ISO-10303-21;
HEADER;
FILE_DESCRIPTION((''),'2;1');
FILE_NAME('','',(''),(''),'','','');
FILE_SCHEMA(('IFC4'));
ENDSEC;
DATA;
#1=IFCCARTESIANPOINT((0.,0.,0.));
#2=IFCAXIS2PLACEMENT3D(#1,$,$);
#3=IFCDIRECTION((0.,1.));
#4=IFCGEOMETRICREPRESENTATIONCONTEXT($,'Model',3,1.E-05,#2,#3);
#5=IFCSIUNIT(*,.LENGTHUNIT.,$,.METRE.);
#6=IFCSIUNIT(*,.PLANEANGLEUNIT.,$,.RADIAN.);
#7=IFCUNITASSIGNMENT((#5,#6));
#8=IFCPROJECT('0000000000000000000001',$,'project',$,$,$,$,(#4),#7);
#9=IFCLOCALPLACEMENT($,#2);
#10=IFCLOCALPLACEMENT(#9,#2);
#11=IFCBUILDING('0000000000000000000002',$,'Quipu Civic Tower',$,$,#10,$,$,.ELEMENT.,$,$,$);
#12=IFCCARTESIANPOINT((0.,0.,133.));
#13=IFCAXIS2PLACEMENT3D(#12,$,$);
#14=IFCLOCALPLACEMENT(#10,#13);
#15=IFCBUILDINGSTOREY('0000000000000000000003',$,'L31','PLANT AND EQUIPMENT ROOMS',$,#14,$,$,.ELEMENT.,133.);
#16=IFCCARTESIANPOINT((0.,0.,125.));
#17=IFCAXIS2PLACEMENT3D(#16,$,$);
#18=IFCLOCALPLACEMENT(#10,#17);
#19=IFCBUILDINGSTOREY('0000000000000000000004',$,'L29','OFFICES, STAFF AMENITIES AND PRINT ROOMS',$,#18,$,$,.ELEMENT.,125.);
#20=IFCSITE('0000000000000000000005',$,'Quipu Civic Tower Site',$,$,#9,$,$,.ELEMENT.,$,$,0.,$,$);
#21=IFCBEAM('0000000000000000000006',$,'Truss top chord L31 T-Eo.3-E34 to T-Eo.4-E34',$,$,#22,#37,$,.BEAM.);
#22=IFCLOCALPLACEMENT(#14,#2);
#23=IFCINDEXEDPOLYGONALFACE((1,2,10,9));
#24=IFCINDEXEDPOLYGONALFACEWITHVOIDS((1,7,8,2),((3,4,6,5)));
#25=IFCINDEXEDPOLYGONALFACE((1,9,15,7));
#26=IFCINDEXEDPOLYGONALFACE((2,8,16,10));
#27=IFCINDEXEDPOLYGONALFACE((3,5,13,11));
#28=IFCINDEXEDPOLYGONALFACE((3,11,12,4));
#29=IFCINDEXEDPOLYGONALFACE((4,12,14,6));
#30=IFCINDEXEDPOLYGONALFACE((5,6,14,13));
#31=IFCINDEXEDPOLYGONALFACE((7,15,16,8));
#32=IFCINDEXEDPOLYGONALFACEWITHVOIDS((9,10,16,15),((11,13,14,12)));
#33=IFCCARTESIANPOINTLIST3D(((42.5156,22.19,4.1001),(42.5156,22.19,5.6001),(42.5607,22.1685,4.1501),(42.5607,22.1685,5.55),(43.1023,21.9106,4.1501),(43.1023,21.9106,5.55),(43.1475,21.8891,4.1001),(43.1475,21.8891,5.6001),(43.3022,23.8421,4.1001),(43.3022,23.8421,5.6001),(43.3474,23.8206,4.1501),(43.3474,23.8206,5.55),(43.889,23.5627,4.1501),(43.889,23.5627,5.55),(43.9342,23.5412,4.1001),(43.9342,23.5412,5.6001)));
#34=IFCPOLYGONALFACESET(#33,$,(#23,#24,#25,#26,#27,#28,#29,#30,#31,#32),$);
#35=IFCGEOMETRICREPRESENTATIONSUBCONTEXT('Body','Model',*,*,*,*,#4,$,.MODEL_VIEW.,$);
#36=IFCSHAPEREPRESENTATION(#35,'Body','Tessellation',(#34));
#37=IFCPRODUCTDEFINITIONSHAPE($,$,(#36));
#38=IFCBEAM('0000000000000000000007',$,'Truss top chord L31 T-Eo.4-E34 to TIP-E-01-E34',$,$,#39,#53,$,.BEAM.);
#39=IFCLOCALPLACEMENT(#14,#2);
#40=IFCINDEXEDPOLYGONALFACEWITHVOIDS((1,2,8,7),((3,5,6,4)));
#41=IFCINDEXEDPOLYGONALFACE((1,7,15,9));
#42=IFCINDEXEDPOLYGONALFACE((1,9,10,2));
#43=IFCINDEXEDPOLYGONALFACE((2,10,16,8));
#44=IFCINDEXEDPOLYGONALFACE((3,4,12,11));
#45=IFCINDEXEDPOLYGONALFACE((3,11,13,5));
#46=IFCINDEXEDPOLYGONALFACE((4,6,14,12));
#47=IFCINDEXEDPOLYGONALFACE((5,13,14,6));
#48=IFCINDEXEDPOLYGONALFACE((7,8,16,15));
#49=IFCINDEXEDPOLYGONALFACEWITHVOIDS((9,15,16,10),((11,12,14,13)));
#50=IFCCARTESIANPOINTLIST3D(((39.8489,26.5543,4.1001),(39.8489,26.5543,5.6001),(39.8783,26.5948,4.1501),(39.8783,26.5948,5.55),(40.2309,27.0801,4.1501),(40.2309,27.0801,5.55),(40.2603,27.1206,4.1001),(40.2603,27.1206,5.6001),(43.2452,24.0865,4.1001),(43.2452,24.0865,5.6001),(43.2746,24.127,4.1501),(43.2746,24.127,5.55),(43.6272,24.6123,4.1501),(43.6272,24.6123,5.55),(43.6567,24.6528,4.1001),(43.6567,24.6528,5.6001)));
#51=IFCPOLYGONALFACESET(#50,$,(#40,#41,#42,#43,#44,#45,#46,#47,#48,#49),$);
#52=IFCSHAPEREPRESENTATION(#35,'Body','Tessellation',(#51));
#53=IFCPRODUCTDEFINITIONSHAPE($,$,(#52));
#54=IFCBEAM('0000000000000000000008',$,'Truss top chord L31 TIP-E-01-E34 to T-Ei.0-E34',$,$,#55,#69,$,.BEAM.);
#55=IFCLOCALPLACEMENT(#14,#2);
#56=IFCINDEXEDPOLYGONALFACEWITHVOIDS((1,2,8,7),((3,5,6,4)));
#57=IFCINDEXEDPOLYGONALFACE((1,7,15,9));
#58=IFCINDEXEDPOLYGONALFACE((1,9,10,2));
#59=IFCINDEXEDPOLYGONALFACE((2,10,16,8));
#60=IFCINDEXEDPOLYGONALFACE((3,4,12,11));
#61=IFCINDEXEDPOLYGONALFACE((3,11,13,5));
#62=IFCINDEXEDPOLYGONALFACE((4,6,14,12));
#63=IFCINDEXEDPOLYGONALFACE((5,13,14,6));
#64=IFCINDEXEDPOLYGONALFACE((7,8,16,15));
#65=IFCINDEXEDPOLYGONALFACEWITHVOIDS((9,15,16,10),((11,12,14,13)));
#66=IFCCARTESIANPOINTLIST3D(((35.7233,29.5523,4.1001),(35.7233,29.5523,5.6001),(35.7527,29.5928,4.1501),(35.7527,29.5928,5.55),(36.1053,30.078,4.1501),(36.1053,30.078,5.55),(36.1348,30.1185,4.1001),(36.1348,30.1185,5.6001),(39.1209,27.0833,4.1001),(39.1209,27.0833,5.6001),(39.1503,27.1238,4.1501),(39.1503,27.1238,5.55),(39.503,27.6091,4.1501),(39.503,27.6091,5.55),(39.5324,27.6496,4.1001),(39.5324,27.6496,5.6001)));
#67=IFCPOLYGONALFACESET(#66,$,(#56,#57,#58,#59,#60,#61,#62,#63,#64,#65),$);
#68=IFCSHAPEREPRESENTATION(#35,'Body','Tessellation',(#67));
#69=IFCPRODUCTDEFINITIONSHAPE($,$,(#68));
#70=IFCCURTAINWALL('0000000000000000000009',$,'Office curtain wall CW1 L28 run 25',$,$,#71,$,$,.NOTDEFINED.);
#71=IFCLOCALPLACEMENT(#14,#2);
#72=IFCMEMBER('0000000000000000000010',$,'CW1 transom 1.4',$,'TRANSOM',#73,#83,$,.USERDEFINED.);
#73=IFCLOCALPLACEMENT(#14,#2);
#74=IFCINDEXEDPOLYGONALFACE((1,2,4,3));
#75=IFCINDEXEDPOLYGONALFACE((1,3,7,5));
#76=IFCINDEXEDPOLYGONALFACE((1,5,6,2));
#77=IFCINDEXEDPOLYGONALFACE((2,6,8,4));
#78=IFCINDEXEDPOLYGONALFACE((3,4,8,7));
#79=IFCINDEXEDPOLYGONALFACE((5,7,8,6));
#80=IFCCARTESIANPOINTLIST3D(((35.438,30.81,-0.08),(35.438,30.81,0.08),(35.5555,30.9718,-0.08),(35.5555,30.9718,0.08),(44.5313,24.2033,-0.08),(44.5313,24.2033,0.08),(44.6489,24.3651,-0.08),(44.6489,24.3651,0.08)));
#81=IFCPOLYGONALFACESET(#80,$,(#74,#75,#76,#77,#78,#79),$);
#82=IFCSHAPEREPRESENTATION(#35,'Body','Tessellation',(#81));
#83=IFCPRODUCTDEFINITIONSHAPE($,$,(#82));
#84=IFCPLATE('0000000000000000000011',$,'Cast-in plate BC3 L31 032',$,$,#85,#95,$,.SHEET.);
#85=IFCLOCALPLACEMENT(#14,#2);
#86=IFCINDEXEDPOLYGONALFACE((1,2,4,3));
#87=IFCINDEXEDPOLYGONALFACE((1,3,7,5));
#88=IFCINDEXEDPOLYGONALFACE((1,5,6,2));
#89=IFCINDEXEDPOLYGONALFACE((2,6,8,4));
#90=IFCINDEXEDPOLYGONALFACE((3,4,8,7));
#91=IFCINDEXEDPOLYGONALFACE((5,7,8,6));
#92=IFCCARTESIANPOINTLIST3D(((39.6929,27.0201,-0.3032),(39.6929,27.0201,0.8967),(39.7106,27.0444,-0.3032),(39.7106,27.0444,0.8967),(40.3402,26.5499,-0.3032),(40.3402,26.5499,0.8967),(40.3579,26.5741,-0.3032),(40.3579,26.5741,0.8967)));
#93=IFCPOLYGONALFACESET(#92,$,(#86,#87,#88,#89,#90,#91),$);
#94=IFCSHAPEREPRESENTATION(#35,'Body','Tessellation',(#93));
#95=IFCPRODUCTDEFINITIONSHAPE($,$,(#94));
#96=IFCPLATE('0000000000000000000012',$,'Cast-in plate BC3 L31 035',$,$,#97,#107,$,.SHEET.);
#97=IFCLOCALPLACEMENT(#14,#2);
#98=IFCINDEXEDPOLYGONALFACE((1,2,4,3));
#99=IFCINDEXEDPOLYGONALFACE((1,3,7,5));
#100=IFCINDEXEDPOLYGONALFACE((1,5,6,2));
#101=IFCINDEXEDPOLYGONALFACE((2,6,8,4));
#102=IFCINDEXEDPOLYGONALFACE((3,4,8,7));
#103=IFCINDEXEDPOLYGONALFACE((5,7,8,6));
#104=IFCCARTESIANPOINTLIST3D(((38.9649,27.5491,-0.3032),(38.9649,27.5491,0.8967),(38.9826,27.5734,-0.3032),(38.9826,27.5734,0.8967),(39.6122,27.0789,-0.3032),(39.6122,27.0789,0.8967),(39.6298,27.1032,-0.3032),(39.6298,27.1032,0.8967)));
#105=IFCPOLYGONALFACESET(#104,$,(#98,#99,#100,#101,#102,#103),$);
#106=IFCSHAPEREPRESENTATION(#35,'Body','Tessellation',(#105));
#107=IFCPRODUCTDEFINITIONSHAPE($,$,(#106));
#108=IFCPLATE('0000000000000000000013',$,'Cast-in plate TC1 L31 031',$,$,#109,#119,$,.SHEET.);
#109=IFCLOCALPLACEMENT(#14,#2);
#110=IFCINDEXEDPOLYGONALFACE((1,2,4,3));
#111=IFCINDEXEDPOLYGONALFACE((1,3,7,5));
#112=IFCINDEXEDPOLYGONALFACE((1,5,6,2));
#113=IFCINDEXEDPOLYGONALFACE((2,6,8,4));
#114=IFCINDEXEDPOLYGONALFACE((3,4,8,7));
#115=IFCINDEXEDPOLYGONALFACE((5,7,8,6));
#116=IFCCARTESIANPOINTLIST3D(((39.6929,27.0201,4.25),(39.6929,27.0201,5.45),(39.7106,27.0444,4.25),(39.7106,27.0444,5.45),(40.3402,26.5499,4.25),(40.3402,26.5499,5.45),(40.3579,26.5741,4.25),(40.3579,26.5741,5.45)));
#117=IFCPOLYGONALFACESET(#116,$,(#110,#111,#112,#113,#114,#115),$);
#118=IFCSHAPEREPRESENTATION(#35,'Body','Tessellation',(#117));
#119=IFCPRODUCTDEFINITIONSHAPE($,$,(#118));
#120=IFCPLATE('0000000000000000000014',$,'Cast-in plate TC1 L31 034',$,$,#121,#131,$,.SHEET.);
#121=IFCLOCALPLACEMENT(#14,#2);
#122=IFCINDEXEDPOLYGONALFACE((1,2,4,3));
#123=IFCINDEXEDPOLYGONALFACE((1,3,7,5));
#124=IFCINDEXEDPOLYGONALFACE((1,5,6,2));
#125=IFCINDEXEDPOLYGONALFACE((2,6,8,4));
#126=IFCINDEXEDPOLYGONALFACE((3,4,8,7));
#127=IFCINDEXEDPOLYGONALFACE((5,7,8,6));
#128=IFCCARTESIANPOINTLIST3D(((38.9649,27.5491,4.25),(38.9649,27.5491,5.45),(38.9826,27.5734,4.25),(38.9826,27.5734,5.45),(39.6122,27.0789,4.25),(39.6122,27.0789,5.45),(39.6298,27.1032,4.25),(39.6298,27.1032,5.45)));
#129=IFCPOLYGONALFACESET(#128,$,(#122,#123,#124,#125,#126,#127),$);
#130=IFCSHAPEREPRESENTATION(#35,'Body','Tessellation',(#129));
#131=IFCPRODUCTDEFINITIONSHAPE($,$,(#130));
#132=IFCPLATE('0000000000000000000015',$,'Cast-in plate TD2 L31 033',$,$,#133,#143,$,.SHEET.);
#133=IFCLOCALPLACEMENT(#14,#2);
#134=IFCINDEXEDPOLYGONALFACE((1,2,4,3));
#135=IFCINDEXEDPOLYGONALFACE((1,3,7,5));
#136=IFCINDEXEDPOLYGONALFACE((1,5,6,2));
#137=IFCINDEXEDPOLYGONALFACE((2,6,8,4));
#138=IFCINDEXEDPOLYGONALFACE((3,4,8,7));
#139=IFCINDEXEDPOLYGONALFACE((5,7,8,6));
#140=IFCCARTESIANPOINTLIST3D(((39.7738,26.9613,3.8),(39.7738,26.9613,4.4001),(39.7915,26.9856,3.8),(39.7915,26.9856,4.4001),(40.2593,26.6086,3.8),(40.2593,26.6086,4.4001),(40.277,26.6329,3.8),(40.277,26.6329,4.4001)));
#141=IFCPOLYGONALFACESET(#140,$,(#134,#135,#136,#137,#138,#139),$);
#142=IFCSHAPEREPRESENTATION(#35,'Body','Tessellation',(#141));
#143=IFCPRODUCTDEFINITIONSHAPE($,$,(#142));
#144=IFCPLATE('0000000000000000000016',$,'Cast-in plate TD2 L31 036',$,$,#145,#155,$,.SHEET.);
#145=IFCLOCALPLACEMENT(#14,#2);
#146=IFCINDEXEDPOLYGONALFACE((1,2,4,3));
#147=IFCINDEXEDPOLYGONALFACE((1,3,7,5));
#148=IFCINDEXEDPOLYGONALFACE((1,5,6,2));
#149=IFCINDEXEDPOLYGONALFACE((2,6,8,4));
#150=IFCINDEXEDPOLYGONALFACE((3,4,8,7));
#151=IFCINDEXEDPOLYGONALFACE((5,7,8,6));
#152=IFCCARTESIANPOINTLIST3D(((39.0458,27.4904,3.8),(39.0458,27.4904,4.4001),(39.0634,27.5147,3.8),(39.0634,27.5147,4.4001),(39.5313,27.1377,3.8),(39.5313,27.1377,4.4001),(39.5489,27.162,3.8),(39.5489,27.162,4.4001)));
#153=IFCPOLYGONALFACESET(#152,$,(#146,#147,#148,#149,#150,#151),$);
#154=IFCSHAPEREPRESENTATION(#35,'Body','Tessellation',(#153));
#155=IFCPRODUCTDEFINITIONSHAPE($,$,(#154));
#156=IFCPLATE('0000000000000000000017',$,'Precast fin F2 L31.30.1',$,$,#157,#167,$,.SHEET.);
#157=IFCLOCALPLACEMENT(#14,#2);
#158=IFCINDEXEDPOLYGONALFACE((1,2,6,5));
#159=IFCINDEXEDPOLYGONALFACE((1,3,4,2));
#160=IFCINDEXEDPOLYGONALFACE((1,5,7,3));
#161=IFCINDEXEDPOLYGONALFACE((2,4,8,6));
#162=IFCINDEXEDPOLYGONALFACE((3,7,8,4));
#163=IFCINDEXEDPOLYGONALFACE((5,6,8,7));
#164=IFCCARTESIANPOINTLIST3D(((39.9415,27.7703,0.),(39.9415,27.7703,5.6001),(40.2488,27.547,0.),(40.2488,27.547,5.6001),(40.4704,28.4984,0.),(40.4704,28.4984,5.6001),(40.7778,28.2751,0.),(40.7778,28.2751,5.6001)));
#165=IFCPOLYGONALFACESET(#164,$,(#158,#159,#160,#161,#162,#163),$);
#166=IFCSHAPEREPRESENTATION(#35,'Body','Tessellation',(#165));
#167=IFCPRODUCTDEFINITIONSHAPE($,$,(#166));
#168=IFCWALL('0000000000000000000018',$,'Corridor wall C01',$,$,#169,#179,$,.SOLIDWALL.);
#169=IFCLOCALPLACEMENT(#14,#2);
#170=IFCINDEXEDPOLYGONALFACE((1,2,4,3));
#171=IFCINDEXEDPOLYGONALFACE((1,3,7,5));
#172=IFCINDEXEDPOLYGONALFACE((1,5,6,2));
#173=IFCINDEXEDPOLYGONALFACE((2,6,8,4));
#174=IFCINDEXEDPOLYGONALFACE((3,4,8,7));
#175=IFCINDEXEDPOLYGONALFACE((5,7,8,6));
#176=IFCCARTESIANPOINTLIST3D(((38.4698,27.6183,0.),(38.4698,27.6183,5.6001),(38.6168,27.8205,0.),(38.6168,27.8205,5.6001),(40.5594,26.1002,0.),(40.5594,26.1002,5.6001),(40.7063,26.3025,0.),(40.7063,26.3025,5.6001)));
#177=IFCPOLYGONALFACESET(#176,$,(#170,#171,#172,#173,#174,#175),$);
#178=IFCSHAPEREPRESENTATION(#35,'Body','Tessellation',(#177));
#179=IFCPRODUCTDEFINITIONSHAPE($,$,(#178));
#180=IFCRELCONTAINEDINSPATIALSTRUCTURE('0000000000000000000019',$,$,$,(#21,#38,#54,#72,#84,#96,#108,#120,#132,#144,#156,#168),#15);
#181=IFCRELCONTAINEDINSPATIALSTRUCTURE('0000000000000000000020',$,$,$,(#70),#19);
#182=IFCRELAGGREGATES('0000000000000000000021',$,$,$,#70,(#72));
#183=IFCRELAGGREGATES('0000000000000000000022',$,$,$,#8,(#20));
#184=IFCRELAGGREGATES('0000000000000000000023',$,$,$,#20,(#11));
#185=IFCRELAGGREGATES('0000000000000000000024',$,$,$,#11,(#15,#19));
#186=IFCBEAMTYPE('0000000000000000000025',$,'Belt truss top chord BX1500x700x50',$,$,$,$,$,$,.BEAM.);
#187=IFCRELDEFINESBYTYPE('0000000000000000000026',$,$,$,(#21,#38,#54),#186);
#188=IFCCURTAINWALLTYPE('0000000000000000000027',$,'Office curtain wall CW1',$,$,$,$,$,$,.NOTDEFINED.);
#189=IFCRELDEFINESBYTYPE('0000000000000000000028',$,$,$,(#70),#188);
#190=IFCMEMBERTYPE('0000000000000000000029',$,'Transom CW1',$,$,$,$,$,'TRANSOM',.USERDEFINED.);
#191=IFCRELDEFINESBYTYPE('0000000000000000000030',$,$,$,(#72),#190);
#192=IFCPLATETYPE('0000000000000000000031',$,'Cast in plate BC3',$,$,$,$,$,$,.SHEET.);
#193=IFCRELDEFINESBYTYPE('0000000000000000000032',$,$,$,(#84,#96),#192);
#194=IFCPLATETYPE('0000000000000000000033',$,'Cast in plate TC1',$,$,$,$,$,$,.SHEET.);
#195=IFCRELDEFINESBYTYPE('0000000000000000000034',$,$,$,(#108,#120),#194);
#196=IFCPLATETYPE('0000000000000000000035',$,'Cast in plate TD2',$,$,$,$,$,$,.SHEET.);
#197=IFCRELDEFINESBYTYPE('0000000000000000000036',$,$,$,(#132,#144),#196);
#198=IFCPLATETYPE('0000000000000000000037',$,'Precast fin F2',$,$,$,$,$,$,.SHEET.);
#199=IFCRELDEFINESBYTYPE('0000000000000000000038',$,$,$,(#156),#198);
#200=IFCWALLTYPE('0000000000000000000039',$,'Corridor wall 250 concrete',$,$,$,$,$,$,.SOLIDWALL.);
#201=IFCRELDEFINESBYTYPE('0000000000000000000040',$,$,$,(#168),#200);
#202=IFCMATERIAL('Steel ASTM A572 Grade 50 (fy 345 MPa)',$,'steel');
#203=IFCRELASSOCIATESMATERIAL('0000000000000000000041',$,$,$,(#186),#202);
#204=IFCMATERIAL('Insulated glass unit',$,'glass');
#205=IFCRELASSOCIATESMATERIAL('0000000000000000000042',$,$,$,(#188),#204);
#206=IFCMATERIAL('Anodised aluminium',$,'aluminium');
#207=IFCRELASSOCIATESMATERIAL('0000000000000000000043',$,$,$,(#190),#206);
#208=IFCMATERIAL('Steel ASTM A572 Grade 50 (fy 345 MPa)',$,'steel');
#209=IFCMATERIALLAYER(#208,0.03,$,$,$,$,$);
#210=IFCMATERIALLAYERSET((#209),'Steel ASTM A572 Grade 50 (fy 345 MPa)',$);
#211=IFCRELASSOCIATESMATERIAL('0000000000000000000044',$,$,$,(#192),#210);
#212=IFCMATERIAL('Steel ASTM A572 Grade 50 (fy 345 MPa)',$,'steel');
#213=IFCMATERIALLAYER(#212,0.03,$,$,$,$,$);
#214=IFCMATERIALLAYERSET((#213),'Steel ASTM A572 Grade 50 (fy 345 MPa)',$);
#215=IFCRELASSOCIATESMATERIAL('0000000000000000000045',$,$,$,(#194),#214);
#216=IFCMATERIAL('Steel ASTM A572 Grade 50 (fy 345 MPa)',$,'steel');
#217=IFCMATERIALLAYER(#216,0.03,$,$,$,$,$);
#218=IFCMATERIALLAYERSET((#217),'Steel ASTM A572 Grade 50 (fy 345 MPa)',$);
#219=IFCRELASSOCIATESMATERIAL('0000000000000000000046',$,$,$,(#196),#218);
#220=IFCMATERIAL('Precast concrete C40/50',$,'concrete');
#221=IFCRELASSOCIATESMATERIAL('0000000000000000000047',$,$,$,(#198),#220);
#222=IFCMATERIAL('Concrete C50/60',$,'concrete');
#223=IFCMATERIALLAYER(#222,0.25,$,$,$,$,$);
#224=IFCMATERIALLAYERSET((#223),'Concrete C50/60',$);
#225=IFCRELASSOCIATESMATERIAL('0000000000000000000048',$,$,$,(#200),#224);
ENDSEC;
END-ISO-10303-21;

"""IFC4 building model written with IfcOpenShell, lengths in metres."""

from ifc_helpers import new_model, si_unit, direction, frame, frame_2d, origin, origin_2d, place, context, subcontext, project, spatial, rectangle, hollow_rectangle, extrude, material, layer, layer_set, material_profile, profile_set, type_object, element, aggregate, save


model = new_model("IFC4")

# Units and contexts
model_context = context("Model", 3, precision=1e-05, world=origin(), true_north=direction((0.0, 1.0)))
body_context = subcontext(model_context, "Body", "Model", "MODEL_VIEW")
ifc_project = project(units=[si_unit("LENGTHUNIT", "METRE"), si_unit("PLANEANGLEUNIT", "RADIAN")], contexts=[model_context])

# Site, building, storey
site_placement = place(None, origin())
site = spatial("IfcSite", under=ifc_project, at=site_placement, Name="Quipu Civic Tower Site", CompositionType="ELEMENT", RefElevation=0.0)
building_placement = place(site_placement, origin())
building = spatial("IfcBuilding", under=site, at=building_placement, Name="Quipu Civic Tower", CompositionType="ELEMENT")
storey_1_placement = place(building_placement, frame((0.0, 0.0, 133.0)))
storey_1 = spatial("IfcBuildingStorey", under=building, at=storey_1_placement, Name="L31", Description="PLANT AND EQUIPMENT ROOMS", CompositionType="ELEMENT", Elevation=133.0)

# Beams
ifc_material_1 = material(Name="Steel ASTM A572 Grade 50 (fy 345 MPa)", Category="steel")
ifc_material_profile_1 = material_profile(ifc_material_1, hollow_rectangle(XDim=0.7, YDim=1.5, WallThickness=0.05, at=origin_2d()), Name="BX1500x700x50")
ifc_profile_set_1 = profile_set([ifc_material_profile_1], Name="Steel ASTM A572 Grade 50 (fy 345 MPa)")
beam_type_1 = type_object("IfcBeamType", Name="Belt truss top chord BX1500x700x50", PredefinedType="BEAM", material=ifc_profile_set_1)
beam_1_placement = place(storey_1_placement, frame((42.8315, 22.0396, 4.8501), z_axis=(0.429892, 0.90288, 0.0), x_axis=(-0.90288, 0.429892, 0.0)))
element("IfcBeam", 1, at=beam_1_placement, inside=storey_1, type_object=beam_type_1, Name="Truss top chord L31 T-Eo.3-E34 to T-Eo.4-E34", PredefinedType="BEAM", context=body_context, shape_type="SweptSolid", body=[
    extrude(hollow_rectangle(XDim=0.7, YDim=1.5, WallThickness=0.05, at=origin_2d()), origin(), (0.0, 0.0, 1.0), 1.8298),
])
beam_2_placement = place(storey_1_placement, frame((43.4509, 24.3696, 4.8501), z_axis=(-0.808987, 0.587826, 0.0), x_axis=(-0.587826, -0.808987, 0.0)))
element("IfcBeam", 2, at=beam_2_placement, inside=storey_1, type_object=beam_type_1, Name="Truss top chord L31 T-Eo.4-E34 to TIP-E-01-E34", PredefinedType="BEAM", context=body_context, shape_type="SweptSolid", body=[
    extrude(hollow_rectangle(XDim=0.7, YDim=1.5, WallThickness=0.05, at=origin_2d()), origin(), (0.0, 0.0, 1.0), 4.1982),
])
beam_3_placement = place(storey_1_placement, frame((39.3267, 27.3665, 4.8501), z_axis=(-0.80897, 0.58785, 0.0), x_axis=(-0.58785, -0.80897, 0.0)))
element("IfcBeam", 3, at=beam_3_placement, inside=storey_1, type_object=beam_type_1, Name="Truss top chord L31 TIP-E-01-E34 to T-Ei.0-E34", PredefinedType="BEAM", context=body_context, shape_type="SweptSolid", body=[
    extrude(hollow_rectangle(XDim=0.7, YDim=1.5, WallThickness=0.05, at=origin_2d()), origin(), (0.0, 0.0, 1.0), 4.2),
])

# Shared definitions
storey_2_placement = place(building_placement, frame((0.0, 0.0, 125.0)))
storey_2 = spatial("IfcBuildingStorey", under=building, at=storey_2_placement, Name="L29", Description="OFFICES, STAFF AMENITIES AND PRINT ROOMS", CompositionType="ELEMENT", Elevation=125.0)

# Curtain wall, member
ifc_material_2 = material(Name="Insulated glass unit", Category="glass")
curtain_wall_type = type_object("IfcCurtainWallType", Name="Office curtain wall CW1", PredefinedType="NOTDEFINED", material=ifc_material_2)
curtain_wall_placement = place(storey_2_placement, origin())
curtain_wall = element("IfcCurtainWall", 4, at=curtain_wall_placement, inside=storey_2, type_object=curtain_wall_type, Name="Office curtain wall CW1 L28 run 25", PredefinedType="NOTDEFINED")
ifc_material_3 = material(Name="Anodised aluminium", Category="aluminium")
ifc_material_profile_2 = material_profile(ifc_material_3, rectangle(XDim=0.2, YDim=0.1599, at=origin_2d()), Name="RECT 200x160")
ifc_profile_set_2 = profile_set([ifc_material_profile_2], Name="Anodised aluminium")
member_type_1 = type_object("IfcMemberType", Name="Transom CW1", ElementType="TRANSOM", PredefinedType="USERDEFINED", material=ifc_profile_set_2)
member_1_placement = place(storey_1_placement, frame((44.5901, 24.2842, 0.0), z_axis=(-0.809015, 0.587788, 0.0), x_axis=(-0.587788, -0.809015, 0.0)))
member_1 = element("IfcMember", 5, at=member_1_placement, inside=storey_1, type_object=member_type_1, Name="CW1 transom 1.4", ObjectType="TRANSOM", PredefinedType="USERDEFINED", context=body_context, shape_type="SweptSolid", body=[
    extrude(rectangle(XDim=0.2, YDim=0.1599, at=origin_2d()), origin(), (0.0, 0.0, 1.0), 11.24),
])
aggregate(curtain_wall, [member_1])

# Plates
ifc_material_4 = material(Name="Steel ASTM A572 Grade 50 (fy 345 MPa)", Category="steel")
ifc_layer_1 = layer(ifc_material_4, 0.03)
ifc_layer_set_1 = layer_set([ifc_layer_1], Name="Steel ASTM A572 Grade 50 (fy 345 MPa)")
plate_type_1 = type_object("IfcPlateType", Name="Cast in plate BC3", PredefinedType="SHEET", material=ifc_layer_set_1)
for number, where, z_axis, x_axis, name in (
    (6, (40.0254, 26.7971, -0.3032), (0.0, 0.0, 1.0), (0.809038, -0.587757, 0.0), "Cast-in plate BC3 L31 032"),
    (7, (39.2974, 27.3262, -0.3032), (0.0, 0.0, 1.0), (0.809038, -0.587757, 0.0), "Cast-in plate BC3 L31 035"),
):
    element("IfcPlate", number, at=place(storey_1_placement, frame(where, z_axis=z_axis, x_axis=x_axis)), inside=storey_1, type_object=plate_type_1, Name=name, PredefinedType="SHEET", context=body_context, shape_type="SweptSolid", body=[
        extrude(rectangle(XDim=0.8, YDim=0.03, at=origin_2d()), origin(), (0.0, 0.0, 1.0), 1.2),
    ])
ifc_material_5 = material(Name="Steel ASTM A572 Grade 50 (fy 345 MPa)", Category="steel")
ifc_layer_2 = layer(ifc_material_5, 0.03)
ifc_layer_set_2 = layer_set([ifc_layer_2], Name="Steel ASTM A572 Grade 50 (fy 345 MPa)")
plate_type_2 = type_object("IfcPlateType", Name="Cast in plate TC1", PredefinedType="SHEET", material=ifc_layer_set_2)
for number, where, z_axis, x_axis, name in (
    (8, (40.0254, 26.7971, 4.25), (0.0, 0.0, 1.0), (0.809038, -0.587757, 0.0), "Cast-in plate TC1 L31 031"),
    (9, (39.2974, 27.3262, 4.25), (0.0, 0.0, 1.0), (0.809038, -0.587757, 0.0), "Cast-in plate TC1 L31 034"),
):
    element("IfcPlate", number, at=place(storey_1_placement, frame(where, z_axis=z_axis, x_axis=x_axis)), inside=storey_1, type_object=plate_type_2, Name=name, PredefinedType="SHEET", context=body_context, shape_type="SweptSolid", body=[
        extrude(rectangle(XDim=0.8, YDim=0.03, at=origin_2d()), origin(), (0.0, 0.0, 1.0), 1.2),
    ])
ifc_material_6 = material(Name="Steel ASTM A572 Grade 50 (fy 345 MPa)", Category="steel")
ifc_layer_3 = layer(ifc_material_6, 0.03)
ifc_layer_set_3 = layer_set([ifc_layer_3], Name="Steel ASTM A572 Grade 50 (fy 345 MPa)")
plate_type_3 = type_object("IfcPlateType", Name="Cast in plate TD2", PredefinedType="SHEET", material=ifc_layer_set_3)
for number, where, z_axis, x_axis, name in (
    (10, (40.0254, 26.7971, 3.8), (0.0, 0.0, 1.0), (0.809038, -0.587757, 0.0), "Cast-in plate TD2 L31 033"),
    (11, (39.2974, 27.3262, 3.8), (0.0, 0.0, 1.0), (0.809038, -0.587757, 0.0), "Cast-in plate TD2 L31 036"),
):
    element("IfcPlate", number, at=place(storey_1_placement, frame(where, z_axis=z_axis, x_axis=x_axis)), inside=storey_1, type_object=plate_type_3, Name=name, PredefinedType="SHEET", context=body_context, shape_type="SweptSolid", body=[
        extrude(rectangle(XDim=0.6001, YDim=0.03, at=origin_2d()), origin(), (0.0, 0.0, 1.0), 0.6001),
    ])
ifc_material_7 = material(Name="Precast concrete C40/50", Category="concrete")
plate_type_4 = type_object("IfcPlateType", Name="Precast fin F2", PredefinedType="SHEET", material=ifc_material_7)
plate_placement = place(storey_1_placement, frame((40.3596, 28.0227, 0.0), z_axis=(0.0, 0.0, 1.0), x_axis=(-0.809017, 0.587785, 0.0)))
element("IfcPlate", 12, at=plate_placement, inside=storey_1, type_object=plate_type_4, Name="Precast fin F2 L31.30.1", PredefinedType="SHEET", context=body_context, shape_type="SweptSolid", body=[
    extrude(rectangle(XDim=0.3799, YDim=0.8999, at=origin_2d()), origin(), (0.0, 0.0, 1.0), 5.6001),
])

# Wall
ifc_material_8 = material(Name="Concrete C50/60", Category="concrete")
ifc_layer_4 = layer(ifc_material_8, 0.25)
ifc_layer_set_4 = layer_set([ifc_layer_4], Name="Concrete C50/60")
wall_type_1 = type_object("IfcWallType", Name="Corridor wall 250 concrete", PredefinedType="SOLIDWALL", material=ifc_layer_set_4)
wall_1_placement = place(storey_1_placement, frame((38.5432, 27.7195, 0.0), z_axis=(0.0, 0.0, 1.0), x_axis=(0.809038, -0.587756, 0.0)))
element("IfcWall", 13, at=wall_1_placement, inside=storey_1, type_object=wall_type_1, Name="Corridor wall C01", PredefinedType="SOLIDWALL", context=body_context, shape_type="SweptSolid", body=[
    extrude(rectangle(XDim=2.5828, YDim=0.25, at=frame_2d((1.2915, 0.0))), origin(), (0.0, 0.0, 1.0), 5.6001),
])

save(model, "model.ifc")
